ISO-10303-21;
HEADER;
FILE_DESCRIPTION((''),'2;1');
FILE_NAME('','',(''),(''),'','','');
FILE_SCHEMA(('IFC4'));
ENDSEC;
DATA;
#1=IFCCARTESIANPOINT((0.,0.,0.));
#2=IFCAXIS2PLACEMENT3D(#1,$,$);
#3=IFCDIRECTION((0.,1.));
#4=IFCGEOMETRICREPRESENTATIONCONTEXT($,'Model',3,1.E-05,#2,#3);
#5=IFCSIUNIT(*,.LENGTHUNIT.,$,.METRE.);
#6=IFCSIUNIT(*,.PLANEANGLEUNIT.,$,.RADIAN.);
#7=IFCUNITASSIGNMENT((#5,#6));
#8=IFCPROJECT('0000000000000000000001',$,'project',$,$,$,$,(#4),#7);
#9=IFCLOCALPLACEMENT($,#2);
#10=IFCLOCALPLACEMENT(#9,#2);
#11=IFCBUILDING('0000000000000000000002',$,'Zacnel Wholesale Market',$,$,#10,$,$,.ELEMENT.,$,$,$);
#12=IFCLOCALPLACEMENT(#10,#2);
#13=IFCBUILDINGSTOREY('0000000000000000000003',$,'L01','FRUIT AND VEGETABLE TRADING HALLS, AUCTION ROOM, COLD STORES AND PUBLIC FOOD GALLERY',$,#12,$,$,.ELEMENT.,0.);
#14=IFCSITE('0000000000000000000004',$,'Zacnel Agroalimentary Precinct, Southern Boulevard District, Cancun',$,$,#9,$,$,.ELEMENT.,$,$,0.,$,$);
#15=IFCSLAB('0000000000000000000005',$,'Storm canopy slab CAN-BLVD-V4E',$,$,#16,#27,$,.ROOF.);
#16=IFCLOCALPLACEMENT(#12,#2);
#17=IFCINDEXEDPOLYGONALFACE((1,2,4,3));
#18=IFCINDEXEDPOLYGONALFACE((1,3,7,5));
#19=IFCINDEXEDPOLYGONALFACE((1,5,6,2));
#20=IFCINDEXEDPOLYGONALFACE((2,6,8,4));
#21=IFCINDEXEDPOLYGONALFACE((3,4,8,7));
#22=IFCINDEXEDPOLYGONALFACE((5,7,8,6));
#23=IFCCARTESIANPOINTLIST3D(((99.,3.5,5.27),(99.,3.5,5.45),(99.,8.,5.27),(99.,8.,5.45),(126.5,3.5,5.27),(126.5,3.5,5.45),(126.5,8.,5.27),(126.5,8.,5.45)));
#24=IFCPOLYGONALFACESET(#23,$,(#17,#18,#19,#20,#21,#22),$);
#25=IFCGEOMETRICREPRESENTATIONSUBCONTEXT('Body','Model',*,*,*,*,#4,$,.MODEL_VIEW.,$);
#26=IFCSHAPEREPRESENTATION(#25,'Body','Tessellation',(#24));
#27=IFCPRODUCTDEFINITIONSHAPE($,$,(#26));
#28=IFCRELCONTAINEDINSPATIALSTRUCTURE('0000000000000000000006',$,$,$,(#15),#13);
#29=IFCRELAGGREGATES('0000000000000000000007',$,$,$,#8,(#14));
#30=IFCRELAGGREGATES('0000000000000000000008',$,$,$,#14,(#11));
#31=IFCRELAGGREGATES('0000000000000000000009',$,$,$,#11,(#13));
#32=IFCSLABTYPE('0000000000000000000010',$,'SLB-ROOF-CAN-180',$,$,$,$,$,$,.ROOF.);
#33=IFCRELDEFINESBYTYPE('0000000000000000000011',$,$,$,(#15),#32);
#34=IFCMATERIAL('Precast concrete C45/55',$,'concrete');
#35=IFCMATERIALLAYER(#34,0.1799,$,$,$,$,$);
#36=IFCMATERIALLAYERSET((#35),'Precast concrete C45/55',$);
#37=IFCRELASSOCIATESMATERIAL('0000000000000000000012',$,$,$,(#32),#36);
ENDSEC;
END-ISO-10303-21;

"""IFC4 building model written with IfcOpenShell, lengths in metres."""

from ifc_helpers import new_model, si_unit, direction, frame, origin, place, context, subcontext, project, spatial, polyline, outline, extrude, material, layer, layer_set, type_object, element, save


model = new_model("IFC4")

# Units and contexts
model_context = context("Model", 3, precision=1e-05, world=origin(), true_north=direction((0.0, 1.0)))
body_context = subcontext(model_context, "Body", "Model", "MODEL_VIEW")
ifc_project = project(units=[si_unit("LENGTHUNIT", "METRE"), si_unit("PLANEANGLEUNIT", "RADIAN")], contexts=[model_context])

# Site, building, storey
site_placement = place(None, origin())
site = spatial("IfcSite", under=ifc_project, at=site_placement, Name="Zacnel Agroalimentary Precinct, Southern Boulevard District, Cancun", CompositionType="ELEMENT", RefElevation=0.0)
building_placement = place(site_placement, origin())
building = spatial("IfcBuilding", under=site, at=building_placement, Name="Zacnel Wholesale Market", CompositionType="ELEMENT")
storey_placement = place(building_placement, origin())
storey = spatial("IfcBuildingStorey", under=building, at=storey_placement, Name="L01", Description="FRUIT AND VEGETABLE TRADING HALLS, AUCTION ROOM, COLD STORES AND PUBLIC FOOD GALLERY", CompositionType="ELEMENT", Elevation=0.0)

# Slab
ifc_material_1 = material(Name="Precast concrete C45/55", Category="concrete")
ifc_layer_1 = layer(ifc_material_1, 0.1799)
ifc_layer_set_1 = layer_set([ifc_layer_1], Name="Precast concrete C45/55")
slab_type_1 = type_object("IfcSlabType", Name="SLB-ROOF-CAN-180", PredefinedType="ROOF", material=ifc_layer_set_1)
slab_1_placement = place(storey_placement, frame((0.0, 0.0, 5.27)))
element("IfcSlab", 1, at=slab_1_placement, inside=storey, type_object=slab_type_1, Name="Storm canopy slab CAN-BLVD-V4E", PredefinedType="ROOF", context=body_context, shape_type="SweptSolid", body=[
    extrude(outline(polyline([(99.0, 3.5), (126.5, 3.5), (126.5, 8.0), (99.0, 8.0), (99.0, 3.5)])), origin(), (0.0, 0.0, 1.0), 0.1799),
])

save(model, "model.ifc")
